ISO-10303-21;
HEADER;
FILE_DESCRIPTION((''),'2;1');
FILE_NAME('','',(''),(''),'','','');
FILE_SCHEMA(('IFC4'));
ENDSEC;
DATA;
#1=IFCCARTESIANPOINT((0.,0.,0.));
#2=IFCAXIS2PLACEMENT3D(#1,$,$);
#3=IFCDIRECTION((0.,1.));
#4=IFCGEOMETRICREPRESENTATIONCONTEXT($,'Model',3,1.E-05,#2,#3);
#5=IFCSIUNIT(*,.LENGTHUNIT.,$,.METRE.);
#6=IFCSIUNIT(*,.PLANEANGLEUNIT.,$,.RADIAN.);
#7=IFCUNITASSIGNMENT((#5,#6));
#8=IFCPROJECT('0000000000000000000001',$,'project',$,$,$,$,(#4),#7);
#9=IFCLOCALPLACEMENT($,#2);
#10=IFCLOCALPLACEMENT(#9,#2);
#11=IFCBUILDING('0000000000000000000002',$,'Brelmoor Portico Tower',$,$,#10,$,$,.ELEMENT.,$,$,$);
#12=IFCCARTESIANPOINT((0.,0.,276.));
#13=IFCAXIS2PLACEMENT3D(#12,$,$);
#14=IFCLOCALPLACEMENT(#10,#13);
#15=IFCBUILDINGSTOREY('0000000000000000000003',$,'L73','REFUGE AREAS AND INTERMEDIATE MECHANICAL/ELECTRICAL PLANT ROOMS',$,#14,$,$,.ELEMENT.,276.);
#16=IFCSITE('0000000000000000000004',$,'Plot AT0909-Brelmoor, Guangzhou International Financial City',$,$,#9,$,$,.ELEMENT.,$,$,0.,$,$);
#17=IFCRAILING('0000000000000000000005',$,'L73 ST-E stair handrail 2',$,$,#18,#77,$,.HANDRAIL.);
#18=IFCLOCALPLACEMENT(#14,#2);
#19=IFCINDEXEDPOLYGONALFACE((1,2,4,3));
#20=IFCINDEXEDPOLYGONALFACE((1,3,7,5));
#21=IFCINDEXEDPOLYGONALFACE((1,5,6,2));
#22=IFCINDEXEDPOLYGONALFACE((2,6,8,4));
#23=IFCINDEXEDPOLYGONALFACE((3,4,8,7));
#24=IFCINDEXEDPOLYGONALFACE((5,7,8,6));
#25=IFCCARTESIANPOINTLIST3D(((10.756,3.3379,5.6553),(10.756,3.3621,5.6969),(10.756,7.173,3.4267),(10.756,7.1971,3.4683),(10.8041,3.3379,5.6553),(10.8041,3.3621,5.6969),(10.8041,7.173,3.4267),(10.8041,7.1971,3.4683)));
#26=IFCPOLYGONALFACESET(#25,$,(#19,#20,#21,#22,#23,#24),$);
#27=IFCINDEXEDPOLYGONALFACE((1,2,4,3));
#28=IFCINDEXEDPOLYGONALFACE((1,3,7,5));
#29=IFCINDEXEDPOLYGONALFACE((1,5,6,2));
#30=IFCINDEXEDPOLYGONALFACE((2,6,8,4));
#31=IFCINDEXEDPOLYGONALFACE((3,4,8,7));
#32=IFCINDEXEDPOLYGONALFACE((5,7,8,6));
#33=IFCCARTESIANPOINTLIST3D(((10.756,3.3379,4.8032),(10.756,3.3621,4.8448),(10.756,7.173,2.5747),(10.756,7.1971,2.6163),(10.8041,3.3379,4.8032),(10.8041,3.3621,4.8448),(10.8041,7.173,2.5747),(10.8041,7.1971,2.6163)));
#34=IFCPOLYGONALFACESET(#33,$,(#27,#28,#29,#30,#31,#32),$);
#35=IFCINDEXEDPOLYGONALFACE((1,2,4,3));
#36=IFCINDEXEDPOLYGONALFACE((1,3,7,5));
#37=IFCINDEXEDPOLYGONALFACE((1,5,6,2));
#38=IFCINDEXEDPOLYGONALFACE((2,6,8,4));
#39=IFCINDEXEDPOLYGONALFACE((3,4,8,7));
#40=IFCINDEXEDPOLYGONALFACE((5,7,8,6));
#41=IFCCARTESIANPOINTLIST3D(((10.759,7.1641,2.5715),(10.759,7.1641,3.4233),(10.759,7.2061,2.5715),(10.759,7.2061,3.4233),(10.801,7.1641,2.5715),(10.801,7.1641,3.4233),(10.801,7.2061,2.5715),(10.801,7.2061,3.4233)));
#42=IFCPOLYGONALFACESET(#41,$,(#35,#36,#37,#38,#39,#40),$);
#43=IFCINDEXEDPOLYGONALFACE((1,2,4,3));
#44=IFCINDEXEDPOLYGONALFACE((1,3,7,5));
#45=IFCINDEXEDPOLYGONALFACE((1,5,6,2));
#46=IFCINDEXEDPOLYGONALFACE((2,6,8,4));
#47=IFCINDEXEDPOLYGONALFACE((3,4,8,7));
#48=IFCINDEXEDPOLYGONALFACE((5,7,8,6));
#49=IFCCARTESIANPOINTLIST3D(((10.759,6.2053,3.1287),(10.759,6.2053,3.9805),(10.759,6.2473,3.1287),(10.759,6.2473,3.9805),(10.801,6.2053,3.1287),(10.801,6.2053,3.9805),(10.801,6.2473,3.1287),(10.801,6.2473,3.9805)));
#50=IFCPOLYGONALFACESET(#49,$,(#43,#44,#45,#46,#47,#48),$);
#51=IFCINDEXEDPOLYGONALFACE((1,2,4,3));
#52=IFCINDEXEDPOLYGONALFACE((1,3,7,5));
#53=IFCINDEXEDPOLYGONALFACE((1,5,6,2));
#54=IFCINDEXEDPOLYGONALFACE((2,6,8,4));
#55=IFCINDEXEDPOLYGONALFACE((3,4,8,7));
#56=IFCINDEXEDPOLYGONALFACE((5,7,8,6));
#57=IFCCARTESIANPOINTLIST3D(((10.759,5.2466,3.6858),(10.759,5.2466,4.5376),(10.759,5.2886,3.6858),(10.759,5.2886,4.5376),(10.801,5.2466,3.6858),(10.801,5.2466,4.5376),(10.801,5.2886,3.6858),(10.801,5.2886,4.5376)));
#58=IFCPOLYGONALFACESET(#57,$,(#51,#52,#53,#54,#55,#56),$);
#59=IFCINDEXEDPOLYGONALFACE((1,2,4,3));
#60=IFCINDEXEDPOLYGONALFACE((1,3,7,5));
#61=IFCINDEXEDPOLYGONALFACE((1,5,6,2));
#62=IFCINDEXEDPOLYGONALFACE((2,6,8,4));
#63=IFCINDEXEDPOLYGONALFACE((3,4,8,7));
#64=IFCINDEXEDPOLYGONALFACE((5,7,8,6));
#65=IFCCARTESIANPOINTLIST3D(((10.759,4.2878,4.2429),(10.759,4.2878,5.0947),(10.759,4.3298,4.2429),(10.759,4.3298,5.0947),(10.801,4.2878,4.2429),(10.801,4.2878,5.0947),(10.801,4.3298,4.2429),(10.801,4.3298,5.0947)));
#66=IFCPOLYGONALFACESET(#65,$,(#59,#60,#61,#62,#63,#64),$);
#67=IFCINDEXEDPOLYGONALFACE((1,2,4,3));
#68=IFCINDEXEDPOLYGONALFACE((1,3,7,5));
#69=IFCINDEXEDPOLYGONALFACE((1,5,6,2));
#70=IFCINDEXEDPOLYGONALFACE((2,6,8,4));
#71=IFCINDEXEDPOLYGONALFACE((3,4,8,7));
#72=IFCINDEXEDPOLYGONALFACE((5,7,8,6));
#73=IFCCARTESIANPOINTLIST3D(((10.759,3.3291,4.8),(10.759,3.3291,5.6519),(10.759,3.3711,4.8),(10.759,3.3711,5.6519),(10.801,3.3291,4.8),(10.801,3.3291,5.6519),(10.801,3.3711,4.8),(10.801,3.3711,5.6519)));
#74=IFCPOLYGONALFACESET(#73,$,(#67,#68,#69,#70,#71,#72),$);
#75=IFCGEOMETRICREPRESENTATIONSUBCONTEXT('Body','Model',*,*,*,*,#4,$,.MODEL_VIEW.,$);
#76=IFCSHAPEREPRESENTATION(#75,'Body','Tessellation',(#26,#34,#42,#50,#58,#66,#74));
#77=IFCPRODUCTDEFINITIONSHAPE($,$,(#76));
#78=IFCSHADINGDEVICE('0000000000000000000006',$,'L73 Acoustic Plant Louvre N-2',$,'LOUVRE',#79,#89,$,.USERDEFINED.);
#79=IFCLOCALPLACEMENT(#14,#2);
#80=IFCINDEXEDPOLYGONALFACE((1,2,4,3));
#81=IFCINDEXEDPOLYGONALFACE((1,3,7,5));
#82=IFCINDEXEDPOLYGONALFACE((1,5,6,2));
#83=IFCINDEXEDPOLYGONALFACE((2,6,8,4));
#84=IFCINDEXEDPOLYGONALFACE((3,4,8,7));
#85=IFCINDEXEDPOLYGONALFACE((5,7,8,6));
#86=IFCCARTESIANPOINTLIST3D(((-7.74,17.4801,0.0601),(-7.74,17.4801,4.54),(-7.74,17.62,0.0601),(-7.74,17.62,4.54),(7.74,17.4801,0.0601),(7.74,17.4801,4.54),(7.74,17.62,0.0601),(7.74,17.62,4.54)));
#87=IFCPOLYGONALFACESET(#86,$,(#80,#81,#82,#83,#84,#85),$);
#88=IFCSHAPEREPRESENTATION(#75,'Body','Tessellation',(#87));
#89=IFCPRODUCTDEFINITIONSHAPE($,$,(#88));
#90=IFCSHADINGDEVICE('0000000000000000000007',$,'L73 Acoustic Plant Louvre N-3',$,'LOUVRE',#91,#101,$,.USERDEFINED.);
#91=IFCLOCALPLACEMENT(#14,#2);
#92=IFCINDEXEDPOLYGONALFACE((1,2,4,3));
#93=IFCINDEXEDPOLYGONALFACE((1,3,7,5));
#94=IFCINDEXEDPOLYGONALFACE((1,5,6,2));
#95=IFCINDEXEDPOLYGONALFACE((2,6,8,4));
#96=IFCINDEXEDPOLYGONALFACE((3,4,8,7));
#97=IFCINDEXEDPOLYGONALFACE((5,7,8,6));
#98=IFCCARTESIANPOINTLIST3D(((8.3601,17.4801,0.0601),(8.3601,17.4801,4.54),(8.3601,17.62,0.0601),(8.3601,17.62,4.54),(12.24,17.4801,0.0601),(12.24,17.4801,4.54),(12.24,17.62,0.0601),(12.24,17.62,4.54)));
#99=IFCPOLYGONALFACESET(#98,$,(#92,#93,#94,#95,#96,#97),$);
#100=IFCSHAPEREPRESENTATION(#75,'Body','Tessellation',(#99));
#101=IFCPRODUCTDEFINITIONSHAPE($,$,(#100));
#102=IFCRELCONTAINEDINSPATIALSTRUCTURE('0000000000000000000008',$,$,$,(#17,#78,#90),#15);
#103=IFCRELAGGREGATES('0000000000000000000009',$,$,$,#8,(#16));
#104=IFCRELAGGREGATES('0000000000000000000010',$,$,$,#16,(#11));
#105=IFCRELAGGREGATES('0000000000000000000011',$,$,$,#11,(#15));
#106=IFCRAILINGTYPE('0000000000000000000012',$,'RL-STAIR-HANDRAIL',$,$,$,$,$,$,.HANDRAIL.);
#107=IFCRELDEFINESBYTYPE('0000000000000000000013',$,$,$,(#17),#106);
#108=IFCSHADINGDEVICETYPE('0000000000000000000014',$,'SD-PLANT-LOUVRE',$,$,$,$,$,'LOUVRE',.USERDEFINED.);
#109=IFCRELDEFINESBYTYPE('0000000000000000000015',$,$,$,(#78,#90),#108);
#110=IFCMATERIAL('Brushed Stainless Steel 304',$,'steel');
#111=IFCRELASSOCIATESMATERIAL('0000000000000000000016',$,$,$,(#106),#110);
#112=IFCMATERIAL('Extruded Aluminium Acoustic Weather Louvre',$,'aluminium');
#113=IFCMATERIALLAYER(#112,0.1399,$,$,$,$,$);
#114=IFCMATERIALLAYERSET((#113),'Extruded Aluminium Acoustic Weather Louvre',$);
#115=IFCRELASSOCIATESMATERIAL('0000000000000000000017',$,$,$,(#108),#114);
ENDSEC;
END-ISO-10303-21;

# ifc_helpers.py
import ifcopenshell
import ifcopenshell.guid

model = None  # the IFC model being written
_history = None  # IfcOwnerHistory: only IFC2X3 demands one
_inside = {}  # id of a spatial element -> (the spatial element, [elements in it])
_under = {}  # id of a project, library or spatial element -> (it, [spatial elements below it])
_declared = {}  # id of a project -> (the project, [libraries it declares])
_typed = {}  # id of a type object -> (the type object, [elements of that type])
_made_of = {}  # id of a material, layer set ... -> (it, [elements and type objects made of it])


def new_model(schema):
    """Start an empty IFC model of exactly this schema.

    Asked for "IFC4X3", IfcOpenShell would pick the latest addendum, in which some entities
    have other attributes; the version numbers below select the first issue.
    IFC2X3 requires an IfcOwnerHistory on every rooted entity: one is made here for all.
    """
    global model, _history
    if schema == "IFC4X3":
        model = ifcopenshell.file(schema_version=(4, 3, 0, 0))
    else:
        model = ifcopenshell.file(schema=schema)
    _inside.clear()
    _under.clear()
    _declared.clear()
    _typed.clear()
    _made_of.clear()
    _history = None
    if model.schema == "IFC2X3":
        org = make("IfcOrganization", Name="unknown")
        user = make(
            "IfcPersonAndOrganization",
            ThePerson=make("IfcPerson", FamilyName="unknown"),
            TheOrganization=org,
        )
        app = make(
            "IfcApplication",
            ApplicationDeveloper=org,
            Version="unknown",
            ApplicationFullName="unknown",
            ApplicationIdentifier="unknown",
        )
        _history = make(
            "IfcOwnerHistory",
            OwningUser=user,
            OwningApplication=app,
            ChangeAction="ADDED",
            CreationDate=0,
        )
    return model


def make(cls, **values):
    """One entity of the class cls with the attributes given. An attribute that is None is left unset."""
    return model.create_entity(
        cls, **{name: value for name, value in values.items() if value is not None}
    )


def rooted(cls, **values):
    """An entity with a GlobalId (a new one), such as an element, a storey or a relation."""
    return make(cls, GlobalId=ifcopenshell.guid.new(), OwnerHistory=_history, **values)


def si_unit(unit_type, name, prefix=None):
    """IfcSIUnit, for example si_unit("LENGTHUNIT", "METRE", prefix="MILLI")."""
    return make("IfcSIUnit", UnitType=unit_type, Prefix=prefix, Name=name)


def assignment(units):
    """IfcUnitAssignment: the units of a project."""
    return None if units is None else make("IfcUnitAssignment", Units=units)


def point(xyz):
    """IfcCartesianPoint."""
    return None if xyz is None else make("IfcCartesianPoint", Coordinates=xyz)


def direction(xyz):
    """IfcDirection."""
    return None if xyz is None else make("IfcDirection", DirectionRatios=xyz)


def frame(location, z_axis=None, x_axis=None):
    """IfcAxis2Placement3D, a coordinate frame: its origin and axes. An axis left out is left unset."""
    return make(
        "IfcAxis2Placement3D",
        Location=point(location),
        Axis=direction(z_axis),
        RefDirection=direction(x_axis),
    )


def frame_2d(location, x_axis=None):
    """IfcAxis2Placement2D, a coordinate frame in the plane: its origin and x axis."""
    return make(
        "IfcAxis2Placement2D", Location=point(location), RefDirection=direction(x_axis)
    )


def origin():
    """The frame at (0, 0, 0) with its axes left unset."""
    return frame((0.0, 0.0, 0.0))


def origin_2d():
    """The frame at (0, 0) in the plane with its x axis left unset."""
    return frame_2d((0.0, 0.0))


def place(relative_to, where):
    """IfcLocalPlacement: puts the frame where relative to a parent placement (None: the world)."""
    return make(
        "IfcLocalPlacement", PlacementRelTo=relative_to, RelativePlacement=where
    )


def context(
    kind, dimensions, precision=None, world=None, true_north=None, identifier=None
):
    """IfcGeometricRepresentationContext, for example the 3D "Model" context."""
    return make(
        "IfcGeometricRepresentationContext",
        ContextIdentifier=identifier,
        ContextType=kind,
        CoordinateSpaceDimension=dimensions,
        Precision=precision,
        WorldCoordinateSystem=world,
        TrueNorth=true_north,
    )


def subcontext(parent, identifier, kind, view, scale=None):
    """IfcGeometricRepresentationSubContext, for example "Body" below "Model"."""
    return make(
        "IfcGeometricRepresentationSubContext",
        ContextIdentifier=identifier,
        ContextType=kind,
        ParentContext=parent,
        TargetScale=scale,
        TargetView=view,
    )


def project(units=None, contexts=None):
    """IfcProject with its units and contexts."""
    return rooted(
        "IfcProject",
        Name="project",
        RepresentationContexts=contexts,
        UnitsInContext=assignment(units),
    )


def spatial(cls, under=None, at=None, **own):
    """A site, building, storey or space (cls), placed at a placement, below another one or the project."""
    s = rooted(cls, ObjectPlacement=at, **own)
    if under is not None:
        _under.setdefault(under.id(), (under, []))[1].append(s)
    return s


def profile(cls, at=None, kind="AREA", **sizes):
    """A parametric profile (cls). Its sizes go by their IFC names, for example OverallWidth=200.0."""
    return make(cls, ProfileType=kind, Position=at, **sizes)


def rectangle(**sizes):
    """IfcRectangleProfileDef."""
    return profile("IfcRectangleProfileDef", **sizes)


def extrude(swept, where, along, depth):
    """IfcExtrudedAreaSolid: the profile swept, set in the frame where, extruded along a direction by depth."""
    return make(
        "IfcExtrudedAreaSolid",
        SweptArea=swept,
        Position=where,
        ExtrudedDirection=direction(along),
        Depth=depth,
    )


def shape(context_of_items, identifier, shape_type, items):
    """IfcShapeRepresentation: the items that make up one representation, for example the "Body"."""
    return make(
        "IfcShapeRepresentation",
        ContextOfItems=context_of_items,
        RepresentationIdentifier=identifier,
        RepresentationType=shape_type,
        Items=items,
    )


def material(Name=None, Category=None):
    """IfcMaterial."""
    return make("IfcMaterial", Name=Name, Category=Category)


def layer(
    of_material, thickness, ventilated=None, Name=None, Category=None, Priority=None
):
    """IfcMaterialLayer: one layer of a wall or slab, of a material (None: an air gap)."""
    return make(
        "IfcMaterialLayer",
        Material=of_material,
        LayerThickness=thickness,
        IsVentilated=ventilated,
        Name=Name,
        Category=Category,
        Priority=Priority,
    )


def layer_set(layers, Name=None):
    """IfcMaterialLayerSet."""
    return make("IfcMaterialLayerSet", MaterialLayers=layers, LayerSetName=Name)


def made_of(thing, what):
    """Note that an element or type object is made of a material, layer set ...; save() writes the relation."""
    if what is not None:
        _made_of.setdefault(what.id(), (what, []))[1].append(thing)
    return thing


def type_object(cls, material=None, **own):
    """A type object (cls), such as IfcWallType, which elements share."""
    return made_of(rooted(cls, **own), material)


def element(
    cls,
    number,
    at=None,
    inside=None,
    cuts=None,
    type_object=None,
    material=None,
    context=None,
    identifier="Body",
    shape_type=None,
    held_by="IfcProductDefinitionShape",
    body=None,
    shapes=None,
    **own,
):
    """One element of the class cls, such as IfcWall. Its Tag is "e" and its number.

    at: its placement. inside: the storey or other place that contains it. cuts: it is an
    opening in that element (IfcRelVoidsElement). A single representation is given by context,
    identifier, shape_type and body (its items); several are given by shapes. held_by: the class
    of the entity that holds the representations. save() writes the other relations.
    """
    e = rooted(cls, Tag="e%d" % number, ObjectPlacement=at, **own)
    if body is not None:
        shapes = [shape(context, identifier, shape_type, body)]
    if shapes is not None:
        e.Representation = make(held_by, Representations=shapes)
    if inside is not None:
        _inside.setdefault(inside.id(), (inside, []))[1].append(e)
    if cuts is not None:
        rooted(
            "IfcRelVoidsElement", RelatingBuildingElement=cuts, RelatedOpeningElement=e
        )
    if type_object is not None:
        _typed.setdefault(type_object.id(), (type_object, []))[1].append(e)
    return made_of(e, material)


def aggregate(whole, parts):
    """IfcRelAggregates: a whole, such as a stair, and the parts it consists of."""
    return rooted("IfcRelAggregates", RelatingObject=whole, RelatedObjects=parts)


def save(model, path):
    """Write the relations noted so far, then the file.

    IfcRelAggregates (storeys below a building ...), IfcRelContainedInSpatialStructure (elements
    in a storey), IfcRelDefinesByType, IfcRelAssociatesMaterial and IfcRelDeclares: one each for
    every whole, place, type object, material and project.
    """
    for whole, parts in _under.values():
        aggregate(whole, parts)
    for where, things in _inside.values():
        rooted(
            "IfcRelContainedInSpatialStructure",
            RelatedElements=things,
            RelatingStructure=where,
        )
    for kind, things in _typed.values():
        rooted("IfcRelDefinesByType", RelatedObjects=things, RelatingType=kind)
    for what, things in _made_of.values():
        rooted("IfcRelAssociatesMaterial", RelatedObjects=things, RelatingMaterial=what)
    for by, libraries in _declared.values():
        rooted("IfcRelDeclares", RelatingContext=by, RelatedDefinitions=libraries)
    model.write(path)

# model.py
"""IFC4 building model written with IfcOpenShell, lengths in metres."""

from ifc_helpers import new_model, si_unit, direction, frame, origin, origin_2d, place, context, subcontext, project, spatial, rectangle, extrude, material, layer, layer_set, type_object, element, save


model = new_model("IFC4")

# Units and contexts
model_context = context("Model", 3, precision=1e-05, world=origin(), true_north=direction((0.0, 1.0)))
body_context = subcontext(model_context, "Body", "Model", "MODEL_VIEW")
ifc_project = project(units=[si_unit("LENGTHUNIT", "METRE"), si_unit("PLANEANGLEUNIT", "RADIAN")], contexts=[model_context])

# Site, building, storey
site_placement = place(None, origin())
site = spatial("IfcSite", under=ifc_project, at=site_placement, Name="Plot AT0909-Brelmoor, Guangzhou International Financial City", CompositionType="ELEMENT", RefElevation=0.0)
building_placement = place(site_placement, origin())
building = spatial("IfcBuilding", under=site, at=building_placement, Name="Brelmoor Portico Tower", CompositionType="ELEMENT")
storey_placement = place(building_placement, frame((0.0, 0.0, 276.0)))
storey = spatial("IfcBuildingStorey", under=building, at=storey_placement, Name="L73", Description="REFUGE AREAS AND INTERMEDIATE MECHANICAL/ELECTRICAL PLANT ROOMS", CompositionType="ELEMENT", Elevation=276.0)

# Railing
ifc_material_1 = material(Name="Brushed Stainless Steel 304", Category="steel")
railing_type_1 = type_object("IfcRailingType", Name="RL-STAIR-HANDRAIL", PredefinedType="HANDRAIL", material=ifc_material_1)
railing_1_placement = place(storey_placement, frame((10.78, 7.1851, 2.5715)))
element("IfcRailing", 1, at=railing_1_placement, inside=storey, type_object=railing_type_1, Name="L73 ST-E stair handrail 2", PredefinedType="HANDRAIL", context=body_context, shape_type="SweptSolid", body=[
    extrude(rectangle(XDim=0.0481, YDim=0.0481, at=origin_2d()), frame((0.0, 0.0, 0.876), z_axis=(0.0, -0.864616, 0.502433), x_axis=(1.0, 0.0, 0.0)), (0.0, 0.0, 1.0), 4.4355),
    extrude(rectangle(XDim=0.0481, YDim=0.0481, at=origin_2d()), frame((0.0, 0.0, 0.0239), z_axis=(0.0, -0.864616, 0.502433), x_axis=(1.0, 0.0, 0.0)), (0.0, 0.0, 1.0), 4.4355),
    extrude(rectangle(XDim=0.042, YDim=0.042, at=origin_2d()), origin(), (0.0, 0.0, 1.0), 0.8518),
    extrude(rectangle(XDim=0.042, YDim=0.042, at=origin_2d()), frame((0.0, -0.9587, 0.5571)), (0.0, 0.0, 1.0), 0.8518),
    extrude(rectangle(XDim=0.042, YDim=0.042, at=origin_2d()), frame((0.0, -1.9175, 1.1143)), (0.0, 0.0, 1.0), 0.8518),
    extrude(rectangle(XDim=0.042, YDim=0.042, at=origin_2d()), frame((0.0, -2.8762, 1.6714)), (0.0, 0.0, 1.0), 0.8518),
    extrude(rectangle(XDim=0.042, YDim=0.042, at=origin_2d()), frame((0.0, -3.835, 2.2285)), (0.0, 0.0, 1.0), 0.8518),
])

# Shading devices
ifc_material_2 = material(Name="Extruded Aluminium Acoustic Weather Louvre", Category="aluminium")
ifc_layer_1 = layer(ifc_material_2, 0.1399)
ifc_layer_set_1 = layer_set([ifc_layer_1], Name="Extruded Aluminium Acoustic Weather Louvre")
shading_device_type = type_object("IfcShadingDeviceType", Name="SD-PLANT-LOUVRE", ElementType="LOUVRE", PredefinedType="USERDEFINED", material=ifc_layer_set_1)
shading_device_1_placement = place(storey_placement, frame((0.0, 17.55, 0.0601), z_axis=(0.0, 0.0, 1.0), x_axis=(1.0, 0.0, 0.0)))
element("IfcShadingDevice", 2, at=shading_device_1_placement, inside=storey, type_object=shading_device_type, Name="L73 Acoustic Plant Louvre N-2", ObjectType="LOUVRE", PredefinedType="USERDEFINED", context=body_context, shape_type="SweptSolid", body=[
    extrude(rectangle(XDim=15.48, YDim=0.1399, at=origin_2d()), origin(), (0.0, 0.0, 1.0), 4.48),
])
shading_device_2_placement = place(storey_placement, frame((10.3, 17.55, 0.0601), z_axis=(0.0, 0.0, 1.0), x_axis=(1.0, 0.0, 0.0)))
element("IfcShadingDevice", 3, at=shading_device_2_placement, inside=storey, type_object=shading_device_type, Name="L73 Acoustic Plant Louvre N-3", ObjectType="LOUVRE", PredefinedType="USERDEFINED", context=body_context, shape_type="SweptSolid", body=[
    extrude(rectangle(XDim=3.8799, YDim=0.1399, at=origin_2d()), origin(), (0.0, 0.0, 1.0), 4.48),
])

save(model, "model.ifc")
